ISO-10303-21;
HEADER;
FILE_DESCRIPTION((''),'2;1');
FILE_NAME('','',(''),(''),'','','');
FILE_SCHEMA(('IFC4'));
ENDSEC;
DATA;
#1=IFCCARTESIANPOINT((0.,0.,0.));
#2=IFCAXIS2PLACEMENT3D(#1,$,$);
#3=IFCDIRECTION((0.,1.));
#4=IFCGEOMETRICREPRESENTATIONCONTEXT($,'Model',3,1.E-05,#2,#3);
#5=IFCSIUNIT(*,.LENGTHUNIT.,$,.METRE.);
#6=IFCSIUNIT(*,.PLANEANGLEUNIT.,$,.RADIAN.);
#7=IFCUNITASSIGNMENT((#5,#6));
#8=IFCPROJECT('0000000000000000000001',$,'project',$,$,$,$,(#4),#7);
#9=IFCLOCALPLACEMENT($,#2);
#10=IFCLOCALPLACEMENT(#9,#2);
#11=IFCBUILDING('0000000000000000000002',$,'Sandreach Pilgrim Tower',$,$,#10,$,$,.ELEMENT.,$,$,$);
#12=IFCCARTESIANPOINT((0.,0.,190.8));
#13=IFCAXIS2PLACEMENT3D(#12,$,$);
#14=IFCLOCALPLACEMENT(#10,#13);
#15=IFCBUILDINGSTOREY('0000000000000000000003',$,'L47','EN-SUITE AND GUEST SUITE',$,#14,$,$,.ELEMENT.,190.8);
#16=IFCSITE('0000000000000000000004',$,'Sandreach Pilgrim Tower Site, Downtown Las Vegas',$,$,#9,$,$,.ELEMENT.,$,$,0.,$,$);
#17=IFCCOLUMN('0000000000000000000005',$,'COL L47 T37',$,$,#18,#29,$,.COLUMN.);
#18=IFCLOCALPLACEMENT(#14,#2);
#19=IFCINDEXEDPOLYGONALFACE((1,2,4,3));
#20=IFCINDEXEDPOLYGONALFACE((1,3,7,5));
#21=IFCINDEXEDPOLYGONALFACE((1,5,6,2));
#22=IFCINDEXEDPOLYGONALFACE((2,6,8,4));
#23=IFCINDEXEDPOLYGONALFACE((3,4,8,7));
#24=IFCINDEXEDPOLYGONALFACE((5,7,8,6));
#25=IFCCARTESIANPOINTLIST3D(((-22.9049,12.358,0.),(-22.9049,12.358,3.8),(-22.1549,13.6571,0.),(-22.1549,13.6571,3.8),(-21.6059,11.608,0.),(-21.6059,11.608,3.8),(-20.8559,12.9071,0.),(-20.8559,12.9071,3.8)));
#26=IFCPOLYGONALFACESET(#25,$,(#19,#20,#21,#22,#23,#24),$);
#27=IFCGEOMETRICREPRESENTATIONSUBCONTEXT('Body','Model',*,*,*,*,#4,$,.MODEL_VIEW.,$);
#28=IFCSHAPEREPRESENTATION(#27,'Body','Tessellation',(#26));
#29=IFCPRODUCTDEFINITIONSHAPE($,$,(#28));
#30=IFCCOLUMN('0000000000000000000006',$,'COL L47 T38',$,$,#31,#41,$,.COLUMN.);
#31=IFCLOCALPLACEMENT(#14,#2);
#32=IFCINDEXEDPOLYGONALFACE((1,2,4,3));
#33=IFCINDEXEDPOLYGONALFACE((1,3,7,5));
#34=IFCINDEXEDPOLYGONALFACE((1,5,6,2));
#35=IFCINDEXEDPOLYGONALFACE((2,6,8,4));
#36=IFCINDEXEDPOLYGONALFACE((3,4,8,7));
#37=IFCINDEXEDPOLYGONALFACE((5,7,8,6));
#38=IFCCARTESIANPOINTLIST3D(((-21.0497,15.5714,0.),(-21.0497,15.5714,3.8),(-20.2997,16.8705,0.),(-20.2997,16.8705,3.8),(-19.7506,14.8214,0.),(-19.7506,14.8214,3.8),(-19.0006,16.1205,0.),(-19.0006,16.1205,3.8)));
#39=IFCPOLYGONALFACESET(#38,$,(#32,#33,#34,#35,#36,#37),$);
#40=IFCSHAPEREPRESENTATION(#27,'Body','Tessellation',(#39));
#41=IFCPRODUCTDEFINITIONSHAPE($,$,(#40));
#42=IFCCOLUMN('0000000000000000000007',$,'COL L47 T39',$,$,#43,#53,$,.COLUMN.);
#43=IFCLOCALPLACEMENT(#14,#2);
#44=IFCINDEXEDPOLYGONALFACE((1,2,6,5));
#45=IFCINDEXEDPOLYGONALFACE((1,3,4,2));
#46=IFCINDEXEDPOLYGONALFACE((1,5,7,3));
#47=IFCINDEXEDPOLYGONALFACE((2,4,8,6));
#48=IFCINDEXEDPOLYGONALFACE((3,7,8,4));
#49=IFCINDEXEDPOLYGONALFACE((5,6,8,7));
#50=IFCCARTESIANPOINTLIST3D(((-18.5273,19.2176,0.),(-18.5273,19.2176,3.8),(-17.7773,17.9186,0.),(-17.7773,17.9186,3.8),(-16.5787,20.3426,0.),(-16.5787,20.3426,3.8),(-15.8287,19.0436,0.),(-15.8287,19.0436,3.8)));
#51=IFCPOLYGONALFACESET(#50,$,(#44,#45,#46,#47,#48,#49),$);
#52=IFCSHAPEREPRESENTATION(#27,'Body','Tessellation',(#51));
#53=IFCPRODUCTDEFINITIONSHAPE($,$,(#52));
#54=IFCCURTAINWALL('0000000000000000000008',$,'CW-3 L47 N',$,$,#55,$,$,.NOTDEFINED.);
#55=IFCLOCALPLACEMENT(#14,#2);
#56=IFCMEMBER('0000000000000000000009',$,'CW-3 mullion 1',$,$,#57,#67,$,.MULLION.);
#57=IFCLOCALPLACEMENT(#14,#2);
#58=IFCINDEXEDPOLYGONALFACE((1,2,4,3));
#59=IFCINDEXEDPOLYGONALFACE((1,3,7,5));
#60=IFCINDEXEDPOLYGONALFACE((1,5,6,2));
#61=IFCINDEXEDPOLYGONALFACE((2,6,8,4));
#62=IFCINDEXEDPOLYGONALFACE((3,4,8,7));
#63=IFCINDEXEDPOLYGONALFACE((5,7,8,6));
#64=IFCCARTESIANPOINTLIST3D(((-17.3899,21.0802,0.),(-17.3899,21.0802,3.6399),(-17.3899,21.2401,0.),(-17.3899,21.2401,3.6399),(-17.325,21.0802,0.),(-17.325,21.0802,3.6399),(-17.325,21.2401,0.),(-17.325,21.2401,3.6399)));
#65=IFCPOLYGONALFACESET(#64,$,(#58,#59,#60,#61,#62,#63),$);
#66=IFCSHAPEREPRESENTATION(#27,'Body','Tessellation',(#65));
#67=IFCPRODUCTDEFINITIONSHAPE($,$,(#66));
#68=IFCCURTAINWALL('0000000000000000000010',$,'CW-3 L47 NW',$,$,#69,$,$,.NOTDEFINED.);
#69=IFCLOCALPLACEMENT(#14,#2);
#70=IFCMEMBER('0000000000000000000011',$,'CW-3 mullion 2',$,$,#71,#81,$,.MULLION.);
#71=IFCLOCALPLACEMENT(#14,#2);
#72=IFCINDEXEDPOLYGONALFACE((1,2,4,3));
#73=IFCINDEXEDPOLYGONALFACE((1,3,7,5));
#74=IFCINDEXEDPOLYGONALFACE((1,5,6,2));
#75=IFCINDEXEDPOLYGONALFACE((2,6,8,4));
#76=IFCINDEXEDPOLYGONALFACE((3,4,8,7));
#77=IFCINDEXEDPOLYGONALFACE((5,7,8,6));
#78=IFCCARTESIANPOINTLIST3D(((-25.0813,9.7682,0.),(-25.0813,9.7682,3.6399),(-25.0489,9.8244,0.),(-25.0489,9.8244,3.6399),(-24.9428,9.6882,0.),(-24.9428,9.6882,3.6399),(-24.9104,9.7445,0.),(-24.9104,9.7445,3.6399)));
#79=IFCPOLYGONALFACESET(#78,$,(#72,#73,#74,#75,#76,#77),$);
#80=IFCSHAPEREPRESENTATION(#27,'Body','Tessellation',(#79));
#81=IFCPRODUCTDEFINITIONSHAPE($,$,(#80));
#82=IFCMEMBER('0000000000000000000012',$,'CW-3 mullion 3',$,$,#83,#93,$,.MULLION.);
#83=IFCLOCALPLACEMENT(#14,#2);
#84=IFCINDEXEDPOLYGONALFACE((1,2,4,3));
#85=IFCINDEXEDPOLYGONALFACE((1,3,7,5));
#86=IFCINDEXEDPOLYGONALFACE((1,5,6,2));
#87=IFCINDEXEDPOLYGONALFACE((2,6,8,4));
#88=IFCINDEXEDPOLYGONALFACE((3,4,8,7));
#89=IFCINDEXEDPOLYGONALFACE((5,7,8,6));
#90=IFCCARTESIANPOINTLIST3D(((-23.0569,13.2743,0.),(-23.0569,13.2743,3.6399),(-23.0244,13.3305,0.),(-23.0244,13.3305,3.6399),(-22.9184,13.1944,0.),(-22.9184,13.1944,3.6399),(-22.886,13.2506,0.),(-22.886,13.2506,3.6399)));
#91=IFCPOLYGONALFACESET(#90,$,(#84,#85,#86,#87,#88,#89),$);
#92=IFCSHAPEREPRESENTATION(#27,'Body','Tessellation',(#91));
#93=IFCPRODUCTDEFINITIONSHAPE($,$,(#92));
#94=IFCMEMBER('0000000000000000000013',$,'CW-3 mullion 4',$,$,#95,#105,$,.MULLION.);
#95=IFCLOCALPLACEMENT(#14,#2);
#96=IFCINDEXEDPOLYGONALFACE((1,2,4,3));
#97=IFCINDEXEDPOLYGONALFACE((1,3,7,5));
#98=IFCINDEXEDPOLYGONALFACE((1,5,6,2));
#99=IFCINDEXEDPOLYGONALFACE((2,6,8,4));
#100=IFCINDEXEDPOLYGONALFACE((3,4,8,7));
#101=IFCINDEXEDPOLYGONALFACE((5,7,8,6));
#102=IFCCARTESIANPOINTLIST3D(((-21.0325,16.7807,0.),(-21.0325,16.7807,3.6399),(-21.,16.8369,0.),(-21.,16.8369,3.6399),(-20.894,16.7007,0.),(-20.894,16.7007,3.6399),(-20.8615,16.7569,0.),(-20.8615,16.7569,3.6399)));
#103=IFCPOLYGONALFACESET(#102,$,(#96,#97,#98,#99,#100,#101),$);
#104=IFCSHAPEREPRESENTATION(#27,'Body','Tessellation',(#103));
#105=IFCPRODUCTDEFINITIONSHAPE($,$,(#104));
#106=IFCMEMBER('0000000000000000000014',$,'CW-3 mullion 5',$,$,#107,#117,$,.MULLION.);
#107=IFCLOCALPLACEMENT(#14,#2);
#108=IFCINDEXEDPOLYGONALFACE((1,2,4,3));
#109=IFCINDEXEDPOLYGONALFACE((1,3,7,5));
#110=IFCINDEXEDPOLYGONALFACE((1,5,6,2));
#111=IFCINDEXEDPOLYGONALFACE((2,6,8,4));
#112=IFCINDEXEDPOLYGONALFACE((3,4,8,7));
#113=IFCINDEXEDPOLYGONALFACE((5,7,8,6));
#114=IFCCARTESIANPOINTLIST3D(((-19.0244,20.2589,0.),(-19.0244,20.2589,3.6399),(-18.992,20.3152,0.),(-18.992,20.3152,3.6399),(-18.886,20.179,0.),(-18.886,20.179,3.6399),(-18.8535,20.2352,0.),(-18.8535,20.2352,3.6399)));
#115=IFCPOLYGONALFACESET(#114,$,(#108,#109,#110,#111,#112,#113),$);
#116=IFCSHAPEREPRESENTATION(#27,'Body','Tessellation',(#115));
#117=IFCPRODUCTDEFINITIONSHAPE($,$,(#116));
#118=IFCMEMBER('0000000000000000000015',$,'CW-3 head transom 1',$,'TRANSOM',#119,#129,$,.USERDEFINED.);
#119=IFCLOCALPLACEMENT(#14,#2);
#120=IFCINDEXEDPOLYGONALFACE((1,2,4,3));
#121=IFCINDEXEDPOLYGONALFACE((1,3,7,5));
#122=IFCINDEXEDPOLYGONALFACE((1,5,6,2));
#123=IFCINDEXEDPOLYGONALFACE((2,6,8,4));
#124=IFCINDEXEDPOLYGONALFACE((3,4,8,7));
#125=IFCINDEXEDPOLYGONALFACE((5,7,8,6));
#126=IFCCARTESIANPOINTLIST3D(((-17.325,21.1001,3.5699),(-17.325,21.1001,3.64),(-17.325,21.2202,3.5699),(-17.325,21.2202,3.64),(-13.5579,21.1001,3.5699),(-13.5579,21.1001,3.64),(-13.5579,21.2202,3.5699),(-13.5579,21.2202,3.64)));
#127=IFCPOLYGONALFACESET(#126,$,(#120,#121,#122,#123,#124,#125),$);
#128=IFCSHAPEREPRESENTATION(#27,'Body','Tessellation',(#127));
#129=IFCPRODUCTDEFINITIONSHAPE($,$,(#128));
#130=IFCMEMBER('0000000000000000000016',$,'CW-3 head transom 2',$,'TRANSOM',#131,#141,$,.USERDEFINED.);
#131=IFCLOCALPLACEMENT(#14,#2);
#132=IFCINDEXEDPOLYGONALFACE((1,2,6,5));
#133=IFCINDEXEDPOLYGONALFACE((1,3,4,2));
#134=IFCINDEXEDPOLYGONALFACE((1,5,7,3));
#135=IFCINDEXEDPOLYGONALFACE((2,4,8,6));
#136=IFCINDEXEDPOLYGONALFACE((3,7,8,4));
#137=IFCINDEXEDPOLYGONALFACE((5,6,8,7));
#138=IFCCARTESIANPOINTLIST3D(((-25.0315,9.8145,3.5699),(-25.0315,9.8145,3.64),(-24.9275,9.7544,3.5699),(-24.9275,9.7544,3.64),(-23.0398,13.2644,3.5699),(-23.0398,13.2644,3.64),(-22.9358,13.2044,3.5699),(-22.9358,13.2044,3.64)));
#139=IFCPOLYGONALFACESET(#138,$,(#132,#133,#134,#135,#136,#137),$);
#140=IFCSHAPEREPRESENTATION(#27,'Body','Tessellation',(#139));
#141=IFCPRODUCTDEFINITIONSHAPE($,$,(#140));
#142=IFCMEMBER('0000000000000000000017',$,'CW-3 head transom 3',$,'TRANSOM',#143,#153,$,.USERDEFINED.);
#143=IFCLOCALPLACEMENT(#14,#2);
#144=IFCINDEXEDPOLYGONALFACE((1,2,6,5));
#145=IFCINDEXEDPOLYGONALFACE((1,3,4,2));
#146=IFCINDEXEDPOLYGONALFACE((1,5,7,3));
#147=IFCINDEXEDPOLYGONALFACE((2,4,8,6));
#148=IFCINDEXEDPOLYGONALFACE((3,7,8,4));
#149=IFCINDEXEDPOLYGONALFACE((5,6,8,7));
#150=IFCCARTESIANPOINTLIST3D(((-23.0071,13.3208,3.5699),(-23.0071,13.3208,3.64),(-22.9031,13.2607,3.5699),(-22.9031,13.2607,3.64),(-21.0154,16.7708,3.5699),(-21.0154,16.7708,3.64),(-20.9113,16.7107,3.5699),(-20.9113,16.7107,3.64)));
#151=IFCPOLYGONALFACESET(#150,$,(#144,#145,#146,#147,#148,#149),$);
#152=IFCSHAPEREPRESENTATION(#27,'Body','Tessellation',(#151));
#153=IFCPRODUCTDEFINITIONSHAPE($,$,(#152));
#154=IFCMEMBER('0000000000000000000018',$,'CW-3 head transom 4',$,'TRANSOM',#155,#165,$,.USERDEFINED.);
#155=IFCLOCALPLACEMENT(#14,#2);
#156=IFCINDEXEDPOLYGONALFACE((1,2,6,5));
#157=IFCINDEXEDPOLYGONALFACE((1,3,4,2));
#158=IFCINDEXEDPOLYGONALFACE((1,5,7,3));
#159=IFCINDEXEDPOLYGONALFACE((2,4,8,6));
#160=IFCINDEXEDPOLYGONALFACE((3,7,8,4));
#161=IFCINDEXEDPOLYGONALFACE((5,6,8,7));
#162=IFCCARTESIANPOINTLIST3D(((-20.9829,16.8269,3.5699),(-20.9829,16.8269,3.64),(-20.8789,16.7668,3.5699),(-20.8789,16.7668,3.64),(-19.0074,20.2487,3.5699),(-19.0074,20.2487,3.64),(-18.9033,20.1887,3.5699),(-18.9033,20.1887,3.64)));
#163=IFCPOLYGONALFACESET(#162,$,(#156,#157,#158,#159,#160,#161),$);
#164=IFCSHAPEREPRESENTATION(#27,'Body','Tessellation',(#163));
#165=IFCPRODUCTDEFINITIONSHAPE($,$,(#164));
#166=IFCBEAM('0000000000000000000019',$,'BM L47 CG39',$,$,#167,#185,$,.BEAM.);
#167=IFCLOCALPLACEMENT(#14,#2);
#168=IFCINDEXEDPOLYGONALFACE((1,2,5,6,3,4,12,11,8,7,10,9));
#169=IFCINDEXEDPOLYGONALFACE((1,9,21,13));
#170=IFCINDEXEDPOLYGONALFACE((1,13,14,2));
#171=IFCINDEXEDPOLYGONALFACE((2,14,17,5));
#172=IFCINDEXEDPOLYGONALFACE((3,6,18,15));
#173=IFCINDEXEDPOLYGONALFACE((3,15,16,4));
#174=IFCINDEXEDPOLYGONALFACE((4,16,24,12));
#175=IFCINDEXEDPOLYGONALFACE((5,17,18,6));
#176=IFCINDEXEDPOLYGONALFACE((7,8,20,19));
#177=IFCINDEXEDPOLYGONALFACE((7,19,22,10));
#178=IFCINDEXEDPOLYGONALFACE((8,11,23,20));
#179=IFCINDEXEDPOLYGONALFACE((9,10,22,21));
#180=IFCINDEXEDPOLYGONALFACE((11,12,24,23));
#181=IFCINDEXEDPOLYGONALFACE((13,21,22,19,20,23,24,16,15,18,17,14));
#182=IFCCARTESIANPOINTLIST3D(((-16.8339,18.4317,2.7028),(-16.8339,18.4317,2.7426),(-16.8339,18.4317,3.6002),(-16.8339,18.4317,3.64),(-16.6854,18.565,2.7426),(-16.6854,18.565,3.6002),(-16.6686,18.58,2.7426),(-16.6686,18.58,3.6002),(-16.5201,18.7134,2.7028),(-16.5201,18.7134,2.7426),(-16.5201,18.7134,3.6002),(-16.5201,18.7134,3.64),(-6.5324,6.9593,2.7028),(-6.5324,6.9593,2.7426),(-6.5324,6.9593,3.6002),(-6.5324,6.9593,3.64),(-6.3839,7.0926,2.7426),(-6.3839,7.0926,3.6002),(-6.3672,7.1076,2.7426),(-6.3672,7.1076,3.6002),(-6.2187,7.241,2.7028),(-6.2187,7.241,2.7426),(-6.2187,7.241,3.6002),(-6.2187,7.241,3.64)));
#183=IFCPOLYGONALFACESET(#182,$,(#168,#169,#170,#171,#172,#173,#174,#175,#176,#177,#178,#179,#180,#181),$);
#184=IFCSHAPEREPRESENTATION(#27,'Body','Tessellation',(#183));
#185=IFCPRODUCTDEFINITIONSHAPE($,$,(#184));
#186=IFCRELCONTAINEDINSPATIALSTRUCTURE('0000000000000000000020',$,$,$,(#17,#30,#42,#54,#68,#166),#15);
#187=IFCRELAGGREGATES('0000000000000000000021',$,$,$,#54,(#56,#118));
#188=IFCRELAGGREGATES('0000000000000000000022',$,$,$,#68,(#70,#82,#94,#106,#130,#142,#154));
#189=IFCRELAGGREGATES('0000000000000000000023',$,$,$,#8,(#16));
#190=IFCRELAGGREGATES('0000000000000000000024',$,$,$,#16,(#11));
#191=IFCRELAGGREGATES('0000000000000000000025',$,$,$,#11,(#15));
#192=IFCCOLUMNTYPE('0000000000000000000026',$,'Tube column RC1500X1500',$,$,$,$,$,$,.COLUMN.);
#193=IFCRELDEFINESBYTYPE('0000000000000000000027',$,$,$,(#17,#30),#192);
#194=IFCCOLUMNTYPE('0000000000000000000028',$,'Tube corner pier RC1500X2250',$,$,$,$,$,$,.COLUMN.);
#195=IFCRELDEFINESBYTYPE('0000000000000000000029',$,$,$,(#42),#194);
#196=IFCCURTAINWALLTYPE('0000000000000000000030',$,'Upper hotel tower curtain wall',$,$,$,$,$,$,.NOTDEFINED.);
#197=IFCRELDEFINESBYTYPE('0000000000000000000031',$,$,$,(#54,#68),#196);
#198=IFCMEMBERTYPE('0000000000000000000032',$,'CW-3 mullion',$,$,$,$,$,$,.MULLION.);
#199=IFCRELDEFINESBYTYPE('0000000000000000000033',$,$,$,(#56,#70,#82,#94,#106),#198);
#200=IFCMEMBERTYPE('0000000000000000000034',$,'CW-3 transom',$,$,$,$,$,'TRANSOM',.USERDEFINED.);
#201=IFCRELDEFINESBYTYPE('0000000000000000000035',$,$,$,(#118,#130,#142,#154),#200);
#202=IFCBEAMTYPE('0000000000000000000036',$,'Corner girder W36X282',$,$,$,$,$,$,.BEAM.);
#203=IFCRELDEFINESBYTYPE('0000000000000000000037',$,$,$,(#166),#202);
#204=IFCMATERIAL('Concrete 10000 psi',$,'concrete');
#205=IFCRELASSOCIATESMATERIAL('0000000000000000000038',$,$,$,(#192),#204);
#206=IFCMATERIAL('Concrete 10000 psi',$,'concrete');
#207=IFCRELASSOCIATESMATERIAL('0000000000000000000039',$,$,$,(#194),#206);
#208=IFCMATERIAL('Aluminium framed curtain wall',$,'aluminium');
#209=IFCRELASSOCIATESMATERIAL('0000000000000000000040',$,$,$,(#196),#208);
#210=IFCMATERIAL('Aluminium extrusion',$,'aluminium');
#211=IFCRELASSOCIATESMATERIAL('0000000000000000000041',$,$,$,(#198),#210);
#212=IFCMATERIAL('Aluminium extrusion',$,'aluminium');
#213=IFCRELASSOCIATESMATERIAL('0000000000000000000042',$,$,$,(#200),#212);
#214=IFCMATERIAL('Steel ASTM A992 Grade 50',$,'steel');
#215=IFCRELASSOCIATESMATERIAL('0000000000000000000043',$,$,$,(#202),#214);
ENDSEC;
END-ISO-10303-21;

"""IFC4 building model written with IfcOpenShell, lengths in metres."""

from ifc_helpers import new_model, si_unit, direction, frame, origin, origin_2d, place, context, subcontext, project, spatial, rectangle, i_section, extrude, material, material_profile, profile_set, type_object, element, aggregate, save


model = new_model("IFC4")

# Units and contexts
model_context = context("Model", 3, precision=1e-05, world=origin(), true_north=direction((0.0, 1.0)))
body_context = subcontext(model_context, "Body", "Model", "MODEL_VIEW")
ifc_project = project(units=[si_unit("LENGTHUNIT", "METRE"), si_unit("PLANEANGLEUNIT", "RADIAN")], contexts=[model_context])

# Site, building, storey
site_placement = place(None, origin())
site = spatial("IfcSite", under=ifc_project, at=site_placement, Name="Sandreach Pilgrim Tower Site, Downtown Las Vegas", CompositionType="ELEMENT", RefElevation=0.0)
building_placement = place(site_placement, origin())
building = spatial("IfcBuilding", under=site, at=building_placement, Name="Sandreach Pilgrim Tower", CompositionType="ELEMENT")
storey_placement = place(building_placement, frame((0.0, 0.0, 190.8)))
storey = spatial("IfcBuildingStorey", under=building, at=storey_placement, Name="L47", Description="EN-SUITE AND GUEST SUITE", CompositionType="ELEMENT", Elevation=190.8)

# Columns
ifc_material_1 = material(Name="Concrete 10000 psi", Category="concrete")
ifc_material_profile_1 = material_profile(ifc_material_1, rectangle(XDim=1.5, YDim=1.5, at=origin_2d()), Name="RC1500X1500")
ifc_profile_set_1 = profile_set([ifc_material_profile_1], Name="Concrete 10000 psi")
column_type_1 = type_object("IfcColumnType", Name="Tube column RC1500X1500", PredefinedType="COLUMN", material=ifc_profile_set_1)
for number, where, z_axis, x_axis, name in (
    (1, (-21.8804, 12.6326, 0.0), (0.0, 0.0, 1.0), (-0.866025, 0.5, 0.0), "COL L47 T37"),
    (2, (-20.0251, 15.8459, 0.0), (0.0, 0.0, 1.0), (-0.866025, 0.5, 0.0), "COL L47 T38"),
):
    element("IfcColumn", number, at=place(storey_placement, frame(where, z_axis=z_axis, x_axis=x_axis)), inside=storey, type_object=column_type_1, Name=name, PredefinedType="COLUMN", context=body_context, shape_type="SweptSolid", body=[
        extrude(rectangle(XDim=1.5, YDim=1.5, at=origin_2d()), origin(), (0.0, 0.0, 1.0), 3.8),
    ])
ifc_material_2 = material(Name="Concrete 10000 psi", Category="concrete")
ifc_material_profile_2 = material_profile(ifc_material_2, rectangle(XDim=1.5, YDim=2.25, at=origin_2d()), Name="RC1500X2250")
ifc_profile_set_2 = profile_set([ifc_material_profile_2], Name="Concrete 10000 psi")
column_type_2 = type_object("IfcColumnType", Name="Tube corner pier RC1500X2250", PredefinedType="COLUMN", material=ifc_profile_set_2)
column_placement = place(storey_placement, frame((-17.178, 19.1306, 0.0), z_axis=(0.0, 0.0, 1.0), x_axis=(-0.5, 0.866025, 0.0)))
element("IfcColumn", 3, at=column_placement, inside=storey, type_object=column_type_2, Name="COL L47 T39", PredefinedType="COLUMN", context=body_context, shape_type="SweptSolid", body=[
    extrude(rectangle(XDim=1.5, YDim=2.25, at=origin_2d()), origin(), (0.0, 0.0, 1.0), 3.8),
])

# Curtain wall, member
ifc_material_3 = material(Name="Aluminium framed curtain wall", Category="aluminium")
curtain_wall_type = type_object("IfcCurtainWallType", Name="Upper hotel tower curtain wall", PredefinedType="NOTDEFINED", material=ifc_material_3)
curtain_wall_1_placement = place(storey_placement, origin())
curtain_wall_1 = element("IfcCurtainWall", 4, at=curtain_wall_1_placement, inside=storey, type_object=curtain_wall_type, Name="CW-3 L47 N", PredefinedType="NOTDEFINED")
ifc_material_4 = material(Name="Aluminium extrusion", Category="aluminium")
ifc_material_profile_3 = material_profile(ifc_material_4, rectangle(XDim=0.0649, YDim=0.1599, at=origin_2d()), Name="CW-3M 65X160")
ifc_profile_set_3 = profile_set([ifc_material_profile_3], Name="Aluminium extrusion")
member_type_1 = type_object("IfcMemberType", Name="CW-3 mullion", PredefinedType="MULLION", material=ifc_profile_set_3)
member_1_placement = place(storey_placement, frame((-17.3574, 21.1602, 0.0), z_axis=(0.0, 0.0, 1.0), x_axis=(1.0, 0.0, 0.0)))
member_1 = element("IfcMember", 5, at=member_1_placement, type_object=member_type_1, Name="CW-3 mullion 1", PredefinedType="MULLION", context=body_context, shape_type="SweptSolid", body=[
    extrude(rectangle(XDim=0.0649, YDim=0.1599, at=origin_2d()), origin(), (0.0, 0.0, 1.0), 3.6399),
])

# Curtain wall, members
curtain_wall_2_placement = place(storey_placement, origin())
curtain_wall_2 = element("IfcCurtainWall", 6, at=curtain_wall_2_placement, inside=storey, type_object=curtain_wall_type, Name="CW-3 L47 NW", PredefinedType="NOTDEFINED")
member_2_placement = place(storey_placement, frame((-24.9958, 9.7563, 0.0), z_axis=(0.0, 0.0, 1.0), x_axis=(0.5, 0.866025, 0.0)))
member_2 = element("IfcMember", 7, at=member_2_placement, type_object=member_type_1, Name="CW-3 mullion 2", PredefinedType="MULLION", context=body_context, shape_type="SweptSolid", body=[
    extrude(rectangle(XDim=0.0649, YDim=0.1599, at=origin_2d()), origin(), (0.0, 0.0, 1.0), 3.6399),
])
member_3_placement = place(storey_placement, frame((-22.9714, 13.2625, 0.0), z_axis=(0.0, 0.0, 1.0), x_axis=(0.5, 0.866025, 0.0)))
member_3 = element("IfcMember", 8, at=member_3_placement, type_object=member_type_1, Name="CW-3 mullion 3", PredefinedType="MULLION", context=body_context, shape_type="SweptSolid", body=[
    extrude(rectangle(XDim=0.0649, YDim=0.1599, at=origin_2d()), origin(), (0.0, 0.0, 1.0), 3.6399),
])
member_4_placement = place(storey_placement, frame((-20.947, 16.7688, 0.0), z_axis=(0.0, 0.0, 1.0), x_axis=(0.5, 0.866025, 0.0)))
member_4 = element("IfcMember", 9, at=member_4_placement, type_object=member_type_1, Name="CW-3 mullion 4", PredefinedType="MULLION", context=body_context, shape_type="SweptSolid", body=[
    extrude(rectangle(XDim=0.0649, YDim=0.1599, at=origin_2d()), origin(), (0.0, 0.0, 1.0), 3.6399),
])
member_5_placement = place(storey_placement, frame((-18.939, 20.2471, 0.0), z_axis=(0.0, 0.0, 1.0), x_axis=(0.5, 0.866025, 0.0)))
member_5 = element("IfcMember", 10, at=member_5_placement, type_object=member_type_1, Name="CW-3 mullion 5", PredefinedType="MULLION", context=body_context, shape_type="SweptSolid", body=[
    extrude(rectangle(XDim=0.0649, YDim=0.1599, at=origin_2d()), origin(), (0.0, 0.0, 1.0), 3.6399),
])

# Members
ifc_material_5 = material(Name="Aluminium extrusion", Category="aluminium")
ifc_material_profile_4 = material_profile(ifc_material_5, rectangle(XDim=0.1201, YDim=0.0701, at=origin_2d()), Name="CW-3T 120X70")
ifc_profile_set_4 = profile_set([ifc_material_profile_4], Name="Aluminium extrusion")
member_type_2 = type_object("IfcMemberType", Name="CW-3 transom", ElementType="TRANSOM", PredefinedType="USERDEFINED", material=ifc_profile_set_4)
member_6_placement = place(storey_placement, frame((-17.325, 21.1602, 3.605), z_axis=(1.0, 0.0, 0.0), x_axis=(0.0, 1.0, 0.0)))
member_6 = element("IfcMember", 11, at=member_6_placement, type_object=member_type_2, Name="CW-3 head transom 1", ObjectType="TRANSOM", PredefinedType="USERDEFINED", context=body_context, shape_type="SweptSolid", body=[
    extrude(rectangle(XDim=0.1201, YDim=0.0701, at=origin_2d()), origin(), (0.0, 0.0, 1.0), 3.7671),
])
member_7_placement = place(storey_placement, frame((-24.9795, 9.7844, 3.605), z_axis=(0.499975, 0.86604, 0.0), x_axis=(-0.86604, 0.499975, 0.0)))
member_7 = element("IfcMember", 12, at=member_7_placement, type_object=member_type_2, Name="CW-3 head transom 2", ObjectType="TRANSOM", PredefinedType="USERDEFINED", context=body_context, shape_type="SweptSolid", body=[
    extrude(rectangle(XDim=0.1201, YDim=0.0701, at=origin_2d()), origin(), (0.0, 0.0, 1.0), 3.9836),
])
member_8_placement = place(storey_placement, frame((-22.9551, 13.2908, 3.605), z_axis=(0.499975, 0.86604, 0.0), x_axis=(-0.86604, 0.499975, 0.0)))
member_8 = element("IfcMember", 13, at=member_8_placement, type_object=member_type_2, Name="CW-3 head transom 3", ObjectType="TRANSOM", PredefinedType="USERDEFINED", context=body_context, shape_type="SweptSolid", body=[
    extrude(rectangle(XDim=0.1201, YDim=0.0701, at=origin_2d()), origin(), (0.0, 0.0, 1.0), 3.9836),
])
member_9_placement = place(storey_placement, frame((-20.9309, 16.7969, 3.605), z_axis=(0.499993, 0.866029, 0.0), x_axis=(-0.866029, 0.499993, 0.0)))
member_9 = element("IfcMember", 14, at=member_9_placement, type_object=member_type_2, Name="CW-3 head transom 4", ObjectType="TRANSOM", PredefinedType="USERDEFINED", context=body_context, shape_type="SweptSolid", body=[
    extrude(rectangle(XDim=0.1201, YDim=0.0701, at=origin_2d()), origin(), (0.0, 0.0, 1.0), 3.9512),
])

# Beam
ifc_material_6 = material(Name="Steel ASTM A992 Grade 50", Category="steel")
ifc_material_profile_5 = material_profile(ifc_material_6, i_section(OverallWidth=0.4216, OverallDepth=0.9373, WebThickness=0.0225, FlangeThickness=0.0398, at=origin_2d()), Name="W36X282")
ifc_profile_set_5 = profile_set([ifc_material_profile_5], Name="Steel ASTM A992 Grade 50")
beam_type_1 = type_object("IfcBeamType", Name="Corner girder W36X282", PredefinedType="BEAM", material=ifc_profile_set_5)
beam_1_placement = place(storey_placement, frame((-16.677, 18.5725, 3.1714), z_axis=(0.668117, -0.744057, 0.0), x_axis=(0.744057, 0.668117, 0.0)))
element("IfcBeam", 15, at=beam_1_placement, inside=storey, type_object=beam_type_1, Name="BM L47 CG39", PredefinedType="BEAM", context=body_context, shape_type="SweptSolid", body=[
    extrude(i_section(OverallWidth=0.4216, OverallDepth=0.9373, WebThickness=0.0225, FlangeThickness=0.0398, at=origin_2d()), origin(), (0.0, 0.0, 1.0), 15.4187),
])

aggregate(curtain_wall_1, [member_1, member_6])
aggregate(curtain_wall_2, [member_2, member_3, member_4, member_5, member_7, member_8, member_9])

save(model, "model.ifc")
